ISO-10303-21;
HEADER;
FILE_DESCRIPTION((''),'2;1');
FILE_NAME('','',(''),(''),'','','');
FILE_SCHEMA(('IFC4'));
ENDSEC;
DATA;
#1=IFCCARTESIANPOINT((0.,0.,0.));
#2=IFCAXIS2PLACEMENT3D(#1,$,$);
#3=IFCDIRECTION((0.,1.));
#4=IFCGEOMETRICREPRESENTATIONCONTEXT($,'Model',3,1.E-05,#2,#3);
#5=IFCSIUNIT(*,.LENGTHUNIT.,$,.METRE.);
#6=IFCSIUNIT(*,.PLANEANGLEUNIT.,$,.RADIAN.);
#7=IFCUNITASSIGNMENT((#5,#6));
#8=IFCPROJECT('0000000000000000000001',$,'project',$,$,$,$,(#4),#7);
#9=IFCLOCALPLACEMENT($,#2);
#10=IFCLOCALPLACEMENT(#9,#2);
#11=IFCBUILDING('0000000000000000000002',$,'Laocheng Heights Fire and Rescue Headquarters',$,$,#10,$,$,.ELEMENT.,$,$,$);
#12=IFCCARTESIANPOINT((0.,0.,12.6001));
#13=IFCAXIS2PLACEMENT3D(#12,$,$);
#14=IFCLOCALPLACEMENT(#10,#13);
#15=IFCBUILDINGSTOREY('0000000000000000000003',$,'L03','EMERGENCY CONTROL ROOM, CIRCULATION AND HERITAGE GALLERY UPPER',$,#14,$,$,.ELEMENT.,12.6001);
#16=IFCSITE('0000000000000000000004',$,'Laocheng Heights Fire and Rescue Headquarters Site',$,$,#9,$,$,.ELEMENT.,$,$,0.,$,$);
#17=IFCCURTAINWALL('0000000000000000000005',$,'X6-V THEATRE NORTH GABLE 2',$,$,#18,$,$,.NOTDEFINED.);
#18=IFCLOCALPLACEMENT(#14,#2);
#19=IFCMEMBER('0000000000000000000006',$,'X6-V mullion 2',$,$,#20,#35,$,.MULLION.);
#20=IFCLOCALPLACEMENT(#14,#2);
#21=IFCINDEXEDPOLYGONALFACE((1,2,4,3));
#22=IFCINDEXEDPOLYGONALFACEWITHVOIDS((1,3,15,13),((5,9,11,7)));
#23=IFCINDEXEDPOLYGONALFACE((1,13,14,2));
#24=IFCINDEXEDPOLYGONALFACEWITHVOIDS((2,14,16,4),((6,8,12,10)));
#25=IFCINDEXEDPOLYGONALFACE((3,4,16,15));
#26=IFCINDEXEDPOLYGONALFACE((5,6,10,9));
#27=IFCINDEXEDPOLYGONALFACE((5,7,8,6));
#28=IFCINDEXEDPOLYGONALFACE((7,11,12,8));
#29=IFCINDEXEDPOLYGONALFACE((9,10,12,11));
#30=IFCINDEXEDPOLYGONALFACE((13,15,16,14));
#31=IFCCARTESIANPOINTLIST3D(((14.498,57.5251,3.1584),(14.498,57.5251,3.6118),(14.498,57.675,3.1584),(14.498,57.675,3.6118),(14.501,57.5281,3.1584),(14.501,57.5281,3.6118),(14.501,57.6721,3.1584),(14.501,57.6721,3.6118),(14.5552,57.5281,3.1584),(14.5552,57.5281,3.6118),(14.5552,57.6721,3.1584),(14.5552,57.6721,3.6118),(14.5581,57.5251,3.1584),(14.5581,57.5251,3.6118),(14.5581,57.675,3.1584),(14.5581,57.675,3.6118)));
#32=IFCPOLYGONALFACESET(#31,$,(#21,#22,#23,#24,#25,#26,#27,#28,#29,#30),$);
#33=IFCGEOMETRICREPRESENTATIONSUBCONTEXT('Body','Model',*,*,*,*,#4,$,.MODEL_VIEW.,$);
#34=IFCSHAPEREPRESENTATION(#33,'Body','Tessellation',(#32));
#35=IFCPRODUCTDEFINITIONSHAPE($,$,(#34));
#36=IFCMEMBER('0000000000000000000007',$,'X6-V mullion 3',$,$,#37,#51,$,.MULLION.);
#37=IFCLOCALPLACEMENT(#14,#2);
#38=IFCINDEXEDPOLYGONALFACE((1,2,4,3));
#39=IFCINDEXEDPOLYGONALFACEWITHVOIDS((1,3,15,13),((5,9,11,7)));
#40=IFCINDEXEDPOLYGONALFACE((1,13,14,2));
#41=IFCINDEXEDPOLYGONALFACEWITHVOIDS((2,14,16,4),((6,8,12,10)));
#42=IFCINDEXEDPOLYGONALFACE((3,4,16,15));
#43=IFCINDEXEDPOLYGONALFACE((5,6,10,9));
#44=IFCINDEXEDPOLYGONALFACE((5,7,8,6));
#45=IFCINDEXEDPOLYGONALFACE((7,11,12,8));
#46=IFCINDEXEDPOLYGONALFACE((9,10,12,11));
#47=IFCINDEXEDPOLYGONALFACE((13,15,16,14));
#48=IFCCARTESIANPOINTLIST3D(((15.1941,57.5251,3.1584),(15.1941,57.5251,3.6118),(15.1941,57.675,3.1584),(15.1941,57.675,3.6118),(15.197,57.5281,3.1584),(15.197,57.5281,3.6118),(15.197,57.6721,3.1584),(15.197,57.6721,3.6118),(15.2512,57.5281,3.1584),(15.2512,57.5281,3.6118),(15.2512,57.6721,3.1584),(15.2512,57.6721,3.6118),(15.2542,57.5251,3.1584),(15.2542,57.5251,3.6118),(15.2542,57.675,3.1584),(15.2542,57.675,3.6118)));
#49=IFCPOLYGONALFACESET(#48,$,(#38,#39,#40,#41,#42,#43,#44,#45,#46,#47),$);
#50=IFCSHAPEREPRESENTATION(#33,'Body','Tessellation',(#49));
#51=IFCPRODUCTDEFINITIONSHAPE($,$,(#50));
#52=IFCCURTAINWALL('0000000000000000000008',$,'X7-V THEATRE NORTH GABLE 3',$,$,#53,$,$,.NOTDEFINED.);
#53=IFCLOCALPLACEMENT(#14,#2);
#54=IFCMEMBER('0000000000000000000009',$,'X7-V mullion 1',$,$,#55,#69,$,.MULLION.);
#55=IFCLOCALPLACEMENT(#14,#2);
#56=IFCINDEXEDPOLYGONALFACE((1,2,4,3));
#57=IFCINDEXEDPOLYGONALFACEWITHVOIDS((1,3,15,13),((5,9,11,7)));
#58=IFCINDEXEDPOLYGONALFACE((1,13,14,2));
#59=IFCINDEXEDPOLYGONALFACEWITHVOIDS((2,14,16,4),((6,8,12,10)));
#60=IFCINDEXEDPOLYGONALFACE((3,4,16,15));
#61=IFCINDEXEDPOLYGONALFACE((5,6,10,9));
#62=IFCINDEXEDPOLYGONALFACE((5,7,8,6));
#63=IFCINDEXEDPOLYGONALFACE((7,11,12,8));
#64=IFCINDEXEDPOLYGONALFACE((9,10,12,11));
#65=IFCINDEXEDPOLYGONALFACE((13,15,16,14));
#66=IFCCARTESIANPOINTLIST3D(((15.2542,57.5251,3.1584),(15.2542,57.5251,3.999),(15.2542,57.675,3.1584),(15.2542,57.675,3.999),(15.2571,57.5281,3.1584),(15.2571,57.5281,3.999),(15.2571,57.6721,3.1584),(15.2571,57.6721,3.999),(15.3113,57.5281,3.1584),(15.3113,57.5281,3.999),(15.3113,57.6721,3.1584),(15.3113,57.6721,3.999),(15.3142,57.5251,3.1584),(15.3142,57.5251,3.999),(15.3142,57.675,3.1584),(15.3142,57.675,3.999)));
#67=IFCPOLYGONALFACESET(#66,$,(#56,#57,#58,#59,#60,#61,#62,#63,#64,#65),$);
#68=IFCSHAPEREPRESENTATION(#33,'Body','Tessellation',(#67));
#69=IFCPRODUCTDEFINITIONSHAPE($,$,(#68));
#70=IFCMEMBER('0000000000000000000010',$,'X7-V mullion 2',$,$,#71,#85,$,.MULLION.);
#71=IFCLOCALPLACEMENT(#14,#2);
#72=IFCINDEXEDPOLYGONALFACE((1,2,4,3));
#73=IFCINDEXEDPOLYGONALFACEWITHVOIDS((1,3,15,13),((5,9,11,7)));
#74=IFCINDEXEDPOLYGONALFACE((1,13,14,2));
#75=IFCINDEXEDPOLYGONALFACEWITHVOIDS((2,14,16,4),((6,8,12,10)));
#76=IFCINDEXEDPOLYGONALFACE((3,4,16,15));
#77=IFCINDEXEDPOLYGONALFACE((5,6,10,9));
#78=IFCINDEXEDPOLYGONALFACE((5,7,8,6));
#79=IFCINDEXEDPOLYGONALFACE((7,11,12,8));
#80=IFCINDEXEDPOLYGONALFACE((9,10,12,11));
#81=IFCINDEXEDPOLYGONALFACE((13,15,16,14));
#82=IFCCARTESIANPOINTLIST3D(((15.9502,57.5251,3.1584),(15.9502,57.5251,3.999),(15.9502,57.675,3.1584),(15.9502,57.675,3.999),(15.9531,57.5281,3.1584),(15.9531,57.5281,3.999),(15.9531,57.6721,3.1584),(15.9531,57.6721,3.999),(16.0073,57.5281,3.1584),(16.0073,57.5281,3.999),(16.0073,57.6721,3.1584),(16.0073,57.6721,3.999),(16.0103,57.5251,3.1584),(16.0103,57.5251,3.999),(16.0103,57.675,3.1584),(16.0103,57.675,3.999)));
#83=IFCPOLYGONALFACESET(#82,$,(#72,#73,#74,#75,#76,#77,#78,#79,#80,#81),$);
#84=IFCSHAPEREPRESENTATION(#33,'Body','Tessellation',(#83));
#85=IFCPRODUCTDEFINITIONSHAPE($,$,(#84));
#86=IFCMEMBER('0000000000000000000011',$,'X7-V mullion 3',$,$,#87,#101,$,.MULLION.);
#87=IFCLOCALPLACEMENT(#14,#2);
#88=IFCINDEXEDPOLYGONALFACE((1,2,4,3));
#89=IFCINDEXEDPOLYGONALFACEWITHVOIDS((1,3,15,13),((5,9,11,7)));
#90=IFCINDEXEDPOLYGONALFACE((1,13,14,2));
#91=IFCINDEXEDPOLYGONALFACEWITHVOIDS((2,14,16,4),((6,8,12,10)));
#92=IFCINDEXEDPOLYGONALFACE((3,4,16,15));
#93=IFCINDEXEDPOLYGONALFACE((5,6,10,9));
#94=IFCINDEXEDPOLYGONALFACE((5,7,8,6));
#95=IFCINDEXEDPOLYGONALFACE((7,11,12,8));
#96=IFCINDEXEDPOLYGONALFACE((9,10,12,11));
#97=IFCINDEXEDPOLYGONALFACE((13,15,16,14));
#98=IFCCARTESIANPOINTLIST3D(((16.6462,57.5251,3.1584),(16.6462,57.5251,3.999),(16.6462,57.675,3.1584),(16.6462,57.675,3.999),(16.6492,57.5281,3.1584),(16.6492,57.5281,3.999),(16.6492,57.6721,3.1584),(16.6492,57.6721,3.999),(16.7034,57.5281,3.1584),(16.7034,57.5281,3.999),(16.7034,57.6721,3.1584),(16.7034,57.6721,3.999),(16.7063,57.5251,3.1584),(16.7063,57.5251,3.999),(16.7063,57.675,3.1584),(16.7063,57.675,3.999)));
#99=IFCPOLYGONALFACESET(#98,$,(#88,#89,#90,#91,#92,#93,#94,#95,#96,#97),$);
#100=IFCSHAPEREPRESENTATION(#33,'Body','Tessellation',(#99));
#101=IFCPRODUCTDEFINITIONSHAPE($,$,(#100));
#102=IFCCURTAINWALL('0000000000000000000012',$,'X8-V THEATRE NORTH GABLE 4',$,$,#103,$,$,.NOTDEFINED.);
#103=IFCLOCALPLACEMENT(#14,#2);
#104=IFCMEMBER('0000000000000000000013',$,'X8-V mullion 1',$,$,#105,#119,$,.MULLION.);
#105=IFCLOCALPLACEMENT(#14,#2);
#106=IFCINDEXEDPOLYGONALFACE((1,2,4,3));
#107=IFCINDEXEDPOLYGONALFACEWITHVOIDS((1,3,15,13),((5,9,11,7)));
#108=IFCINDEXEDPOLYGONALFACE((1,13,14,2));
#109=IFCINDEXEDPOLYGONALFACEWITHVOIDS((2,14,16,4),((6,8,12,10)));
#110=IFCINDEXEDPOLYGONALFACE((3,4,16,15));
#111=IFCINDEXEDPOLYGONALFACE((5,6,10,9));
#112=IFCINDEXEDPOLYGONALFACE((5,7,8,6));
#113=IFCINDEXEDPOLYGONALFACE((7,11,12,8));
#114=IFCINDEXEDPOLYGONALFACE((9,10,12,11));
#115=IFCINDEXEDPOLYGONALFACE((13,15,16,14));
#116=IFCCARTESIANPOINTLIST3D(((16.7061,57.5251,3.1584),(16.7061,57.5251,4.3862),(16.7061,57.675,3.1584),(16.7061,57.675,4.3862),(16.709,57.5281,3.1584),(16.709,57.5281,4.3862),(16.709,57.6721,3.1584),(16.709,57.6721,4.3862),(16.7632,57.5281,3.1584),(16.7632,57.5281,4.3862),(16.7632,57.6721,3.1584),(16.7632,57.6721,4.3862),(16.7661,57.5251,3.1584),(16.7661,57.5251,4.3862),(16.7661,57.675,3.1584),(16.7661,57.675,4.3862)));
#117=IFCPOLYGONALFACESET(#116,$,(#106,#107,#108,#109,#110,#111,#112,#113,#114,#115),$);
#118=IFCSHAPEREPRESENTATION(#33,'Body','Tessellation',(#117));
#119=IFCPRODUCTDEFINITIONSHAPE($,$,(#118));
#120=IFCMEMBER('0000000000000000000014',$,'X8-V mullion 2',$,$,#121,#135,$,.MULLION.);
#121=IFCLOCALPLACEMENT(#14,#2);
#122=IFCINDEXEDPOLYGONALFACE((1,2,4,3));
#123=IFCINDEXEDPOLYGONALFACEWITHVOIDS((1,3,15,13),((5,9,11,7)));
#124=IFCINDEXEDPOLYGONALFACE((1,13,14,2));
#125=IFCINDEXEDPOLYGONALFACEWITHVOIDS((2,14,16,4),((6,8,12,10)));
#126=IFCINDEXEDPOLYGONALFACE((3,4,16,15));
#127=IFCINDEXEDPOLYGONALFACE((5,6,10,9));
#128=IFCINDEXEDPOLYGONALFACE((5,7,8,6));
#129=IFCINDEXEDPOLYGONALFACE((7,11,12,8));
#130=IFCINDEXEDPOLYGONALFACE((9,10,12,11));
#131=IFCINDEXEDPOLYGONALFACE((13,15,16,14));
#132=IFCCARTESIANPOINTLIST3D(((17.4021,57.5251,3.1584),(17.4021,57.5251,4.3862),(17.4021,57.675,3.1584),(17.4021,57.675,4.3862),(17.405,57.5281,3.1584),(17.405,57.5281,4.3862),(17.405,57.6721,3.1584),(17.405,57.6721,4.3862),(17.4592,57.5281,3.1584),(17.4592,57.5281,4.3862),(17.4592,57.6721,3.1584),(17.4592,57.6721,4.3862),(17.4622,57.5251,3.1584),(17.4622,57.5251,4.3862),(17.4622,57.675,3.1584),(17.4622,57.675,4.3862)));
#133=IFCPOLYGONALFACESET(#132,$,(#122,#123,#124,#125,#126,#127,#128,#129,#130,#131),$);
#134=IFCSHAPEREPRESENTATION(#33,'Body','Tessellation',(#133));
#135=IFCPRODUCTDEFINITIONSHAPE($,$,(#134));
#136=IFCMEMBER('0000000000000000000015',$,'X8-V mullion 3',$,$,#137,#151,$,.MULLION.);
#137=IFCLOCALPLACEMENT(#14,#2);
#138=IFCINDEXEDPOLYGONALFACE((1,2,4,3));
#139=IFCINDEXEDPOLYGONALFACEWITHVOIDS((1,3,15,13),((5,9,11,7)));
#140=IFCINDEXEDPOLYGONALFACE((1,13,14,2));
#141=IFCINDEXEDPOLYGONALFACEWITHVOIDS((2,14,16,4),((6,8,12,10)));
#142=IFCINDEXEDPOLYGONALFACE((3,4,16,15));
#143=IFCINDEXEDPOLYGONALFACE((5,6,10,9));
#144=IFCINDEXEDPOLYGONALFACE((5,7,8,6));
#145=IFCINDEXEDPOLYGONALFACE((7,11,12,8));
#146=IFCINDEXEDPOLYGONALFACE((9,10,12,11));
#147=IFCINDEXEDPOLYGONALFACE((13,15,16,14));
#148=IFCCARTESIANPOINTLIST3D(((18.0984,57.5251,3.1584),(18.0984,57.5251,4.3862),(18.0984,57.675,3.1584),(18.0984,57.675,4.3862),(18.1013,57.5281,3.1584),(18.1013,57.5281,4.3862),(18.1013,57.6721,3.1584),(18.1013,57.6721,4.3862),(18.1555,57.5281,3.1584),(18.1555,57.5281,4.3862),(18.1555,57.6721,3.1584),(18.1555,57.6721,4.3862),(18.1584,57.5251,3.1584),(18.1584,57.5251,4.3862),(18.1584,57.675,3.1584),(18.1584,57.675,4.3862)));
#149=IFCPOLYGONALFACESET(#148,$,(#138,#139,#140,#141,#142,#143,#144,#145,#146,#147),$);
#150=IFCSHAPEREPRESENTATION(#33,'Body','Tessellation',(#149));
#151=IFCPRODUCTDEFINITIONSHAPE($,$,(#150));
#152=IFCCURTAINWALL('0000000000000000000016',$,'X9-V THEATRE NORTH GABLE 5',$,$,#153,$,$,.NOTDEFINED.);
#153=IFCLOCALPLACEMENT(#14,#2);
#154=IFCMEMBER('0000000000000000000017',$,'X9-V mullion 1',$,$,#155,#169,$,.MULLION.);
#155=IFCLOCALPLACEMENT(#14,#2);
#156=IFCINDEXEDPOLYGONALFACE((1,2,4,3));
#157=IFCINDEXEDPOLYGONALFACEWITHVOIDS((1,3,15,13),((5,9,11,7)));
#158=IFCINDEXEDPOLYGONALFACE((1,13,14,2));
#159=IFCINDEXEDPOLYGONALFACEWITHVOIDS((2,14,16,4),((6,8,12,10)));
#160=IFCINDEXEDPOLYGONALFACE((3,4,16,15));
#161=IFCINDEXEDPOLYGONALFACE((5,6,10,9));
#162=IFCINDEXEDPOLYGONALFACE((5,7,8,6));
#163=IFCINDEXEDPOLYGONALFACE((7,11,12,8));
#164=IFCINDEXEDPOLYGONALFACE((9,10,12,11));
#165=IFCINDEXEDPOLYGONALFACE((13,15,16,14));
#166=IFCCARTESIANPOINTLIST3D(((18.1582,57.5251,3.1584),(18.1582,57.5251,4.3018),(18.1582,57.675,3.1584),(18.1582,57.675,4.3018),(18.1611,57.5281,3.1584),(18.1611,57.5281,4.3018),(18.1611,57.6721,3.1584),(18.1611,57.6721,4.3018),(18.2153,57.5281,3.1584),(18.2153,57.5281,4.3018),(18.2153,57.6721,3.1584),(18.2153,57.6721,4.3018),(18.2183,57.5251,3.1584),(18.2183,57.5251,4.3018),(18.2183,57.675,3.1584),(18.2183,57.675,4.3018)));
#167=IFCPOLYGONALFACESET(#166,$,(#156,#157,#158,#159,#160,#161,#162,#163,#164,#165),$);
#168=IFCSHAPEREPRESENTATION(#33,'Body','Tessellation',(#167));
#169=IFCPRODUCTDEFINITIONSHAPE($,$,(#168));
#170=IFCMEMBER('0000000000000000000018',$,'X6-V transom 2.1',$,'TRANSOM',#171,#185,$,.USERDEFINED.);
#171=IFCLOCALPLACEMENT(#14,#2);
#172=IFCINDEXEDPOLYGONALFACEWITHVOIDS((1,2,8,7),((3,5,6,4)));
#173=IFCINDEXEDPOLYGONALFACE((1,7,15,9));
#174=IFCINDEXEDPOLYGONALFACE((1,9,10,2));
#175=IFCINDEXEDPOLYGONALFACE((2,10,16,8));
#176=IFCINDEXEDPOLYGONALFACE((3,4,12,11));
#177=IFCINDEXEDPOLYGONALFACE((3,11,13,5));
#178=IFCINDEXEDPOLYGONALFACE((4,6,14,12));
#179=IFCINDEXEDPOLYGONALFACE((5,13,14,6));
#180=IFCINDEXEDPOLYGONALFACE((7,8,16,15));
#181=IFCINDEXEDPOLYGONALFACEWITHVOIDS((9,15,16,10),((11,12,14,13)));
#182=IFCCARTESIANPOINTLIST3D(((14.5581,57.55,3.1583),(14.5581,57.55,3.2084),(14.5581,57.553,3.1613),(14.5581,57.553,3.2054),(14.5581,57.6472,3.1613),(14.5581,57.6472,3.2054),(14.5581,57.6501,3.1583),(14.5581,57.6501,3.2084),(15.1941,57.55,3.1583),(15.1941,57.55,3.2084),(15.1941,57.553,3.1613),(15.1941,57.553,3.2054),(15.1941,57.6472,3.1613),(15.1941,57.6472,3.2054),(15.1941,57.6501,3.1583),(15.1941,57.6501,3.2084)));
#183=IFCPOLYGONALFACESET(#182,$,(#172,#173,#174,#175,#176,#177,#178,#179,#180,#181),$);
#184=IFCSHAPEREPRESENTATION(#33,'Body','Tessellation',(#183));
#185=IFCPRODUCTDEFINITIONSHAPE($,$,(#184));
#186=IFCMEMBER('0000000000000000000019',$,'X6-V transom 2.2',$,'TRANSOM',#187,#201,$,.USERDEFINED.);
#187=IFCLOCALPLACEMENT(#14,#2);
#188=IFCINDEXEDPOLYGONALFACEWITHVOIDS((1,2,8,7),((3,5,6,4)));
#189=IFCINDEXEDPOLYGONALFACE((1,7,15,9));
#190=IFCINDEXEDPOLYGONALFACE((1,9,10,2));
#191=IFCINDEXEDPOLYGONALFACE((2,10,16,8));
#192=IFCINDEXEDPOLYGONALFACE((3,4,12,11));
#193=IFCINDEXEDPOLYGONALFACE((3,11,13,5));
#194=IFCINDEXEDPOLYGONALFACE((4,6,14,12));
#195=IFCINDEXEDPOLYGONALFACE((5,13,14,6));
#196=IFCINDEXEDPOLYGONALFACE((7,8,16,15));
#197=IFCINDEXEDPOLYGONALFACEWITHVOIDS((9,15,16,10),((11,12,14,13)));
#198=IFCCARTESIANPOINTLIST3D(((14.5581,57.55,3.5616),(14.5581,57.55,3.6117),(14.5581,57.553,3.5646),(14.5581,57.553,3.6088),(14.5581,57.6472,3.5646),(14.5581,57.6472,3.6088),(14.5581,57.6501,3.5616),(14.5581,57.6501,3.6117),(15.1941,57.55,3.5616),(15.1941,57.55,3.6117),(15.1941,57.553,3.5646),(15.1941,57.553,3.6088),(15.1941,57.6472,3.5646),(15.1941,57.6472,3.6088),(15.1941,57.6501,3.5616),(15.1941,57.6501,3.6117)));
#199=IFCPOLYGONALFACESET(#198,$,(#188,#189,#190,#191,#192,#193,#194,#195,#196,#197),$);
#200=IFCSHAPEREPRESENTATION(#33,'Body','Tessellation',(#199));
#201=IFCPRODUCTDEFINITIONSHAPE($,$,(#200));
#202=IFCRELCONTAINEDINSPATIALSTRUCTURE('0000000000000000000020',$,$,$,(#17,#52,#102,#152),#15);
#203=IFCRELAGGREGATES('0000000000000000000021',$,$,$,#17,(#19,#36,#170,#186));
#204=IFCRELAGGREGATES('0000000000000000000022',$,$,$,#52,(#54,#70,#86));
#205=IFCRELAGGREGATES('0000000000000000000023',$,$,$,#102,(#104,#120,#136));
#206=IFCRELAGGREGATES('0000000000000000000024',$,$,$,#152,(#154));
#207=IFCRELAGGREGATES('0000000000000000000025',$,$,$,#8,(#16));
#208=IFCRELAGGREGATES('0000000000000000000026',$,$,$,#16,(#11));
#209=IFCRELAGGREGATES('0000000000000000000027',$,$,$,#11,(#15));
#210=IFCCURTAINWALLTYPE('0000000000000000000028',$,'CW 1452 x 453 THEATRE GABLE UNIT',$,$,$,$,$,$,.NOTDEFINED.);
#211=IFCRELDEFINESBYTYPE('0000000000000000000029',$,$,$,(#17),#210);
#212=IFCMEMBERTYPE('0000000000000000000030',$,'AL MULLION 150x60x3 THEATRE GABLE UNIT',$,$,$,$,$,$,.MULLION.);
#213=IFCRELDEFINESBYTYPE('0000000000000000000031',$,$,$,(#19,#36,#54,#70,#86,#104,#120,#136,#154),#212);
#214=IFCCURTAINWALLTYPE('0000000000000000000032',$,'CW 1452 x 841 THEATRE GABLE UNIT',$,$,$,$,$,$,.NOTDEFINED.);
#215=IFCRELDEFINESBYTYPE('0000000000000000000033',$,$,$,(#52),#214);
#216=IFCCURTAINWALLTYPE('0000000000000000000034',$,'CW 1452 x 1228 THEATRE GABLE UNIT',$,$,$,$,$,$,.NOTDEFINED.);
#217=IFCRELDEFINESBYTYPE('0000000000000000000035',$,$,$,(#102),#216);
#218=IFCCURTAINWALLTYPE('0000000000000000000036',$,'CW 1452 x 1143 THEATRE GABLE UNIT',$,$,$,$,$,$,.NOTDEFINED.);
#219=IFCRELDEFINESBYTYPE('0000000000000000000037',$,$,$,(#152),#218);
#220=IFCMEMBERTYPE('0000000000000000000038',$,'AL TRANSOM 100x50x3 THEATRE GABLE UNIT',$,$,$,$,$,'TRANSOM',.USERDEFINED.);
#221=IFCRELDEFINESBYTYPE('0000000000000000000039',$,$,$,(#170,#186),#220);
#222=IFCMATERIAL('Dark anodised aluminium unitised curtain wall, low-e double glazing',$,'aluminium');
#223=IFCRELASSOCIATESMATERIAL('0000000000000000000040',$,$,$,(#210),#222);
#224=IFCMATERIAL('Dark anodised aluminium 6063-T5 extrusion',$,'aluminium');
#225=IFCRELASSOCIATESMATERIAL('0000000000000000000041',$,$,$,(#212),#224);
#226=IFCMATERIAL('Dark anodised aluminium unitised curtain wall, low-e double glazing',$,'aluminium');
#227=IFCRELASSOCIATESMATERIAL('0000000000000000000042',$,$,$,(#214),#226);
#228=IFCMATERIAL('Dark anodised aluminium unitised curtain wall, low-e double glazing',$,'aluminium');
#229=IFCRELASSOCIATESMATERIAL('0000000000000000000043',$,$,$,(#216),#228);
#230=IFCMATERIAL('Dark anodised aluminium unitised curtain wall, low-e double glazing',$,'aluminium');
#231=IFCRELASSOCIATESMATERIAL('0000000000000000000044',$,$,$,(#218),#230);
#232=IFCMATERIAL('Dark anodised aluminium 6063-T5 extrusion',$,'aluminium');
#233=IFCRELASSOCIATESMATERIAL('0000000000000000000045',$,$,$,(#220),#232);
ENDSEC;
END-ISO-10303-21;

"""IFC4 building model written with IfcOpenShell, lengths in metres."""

from ifc_helpers import new_model, si_unit, direction, frame, origin, origin_2d, place, context, subcontext, project, spatial, hollow_rectangle, extrude, material, material_profile, profile_set, type_object, element, aggregate, save


model = new_model("IFC4")

# Units and contexts
model_context = context("Model", 3, precision=1e-05, world=origin(), true_north=direction((0.0, 1.0)))
body_context = subcontext(model_context, "Body", "Model", "MODEL_VIEW")
ifc_project = project(units=[si_unit("LENGTHUNIT", "METRE"), si_unit("PLANEANGLEUNIT", "RADIAN")], contexts=[model_context])

# Site, building, storey
site_placement = place(None, origin())
site = spatial("IfcSite", under=ifc_project, at=site_placement, Name="Laocheng Heights Fire and Rescue Headquarters Site", CompositionType="ELEMENT", RefElevation=0.0)
building_placement = place(site_placement, origin())
building = spatial("IfcBuilding", under=site, at=building_placement, Name="Laocheng Heights Fire and Rescue Headquarters", CompositionType="ELEMENT")
storey_placement = place(building_placement, frame((0.0, 0.0, 12.6001)))
storey = spatial("IfcBuildingStorey", under=building, at=storey_placement, Name="L03", Description="EMERGENCY CONTROL ROOM, CIRCULATION AND HERITAGE GALLERY UPPER", CompositionType="ELEMENT", Elevation=12.6001)

# Curtain walls, members
ifc_material_1 = material(Name="Dark anodised aluminium unitised curtain wall, low-e double glazing", Category="aluminium")
curtain_wall_type_1 = type_object("IfcCurtainWallType", Name="CW 1452 x 453 THEATRE GABLE UNIT", PredefinedType="NOTDEFINED", material=ifc_material_1)
curtain_wall_1_placement = place(storey_placement, origin())
curtain_wall_1 = element("IfcCurtainWall", 1, at=curtain_wall_1_placement, inside=storey, type_object=curtain_wall_type_1, Name="X6-V THEATRE NORTH GABLE 2", PredefinedType="NOTDEFINED")
ifc_material_2 = material(Name="Dark anodised aluminium 6063-T5 extrusion", Category="aluminium")
ifc_material_profile_1 = material_profile(ifc_material_2, hollow_rectangle(XDim=0.1499, YDim=0.0601, WallThickness=0.0029, at=origin_2d()), Name="AL MULLION 150x60x3 THEATRE GABLE UNIT")
ifc_profile_set_1 = profile_set([ifc_material_profile_1], Name="Dark anodised aluminium 6063-T5 extrusion")
member_type_1 = type_object("IfcMemberType", Name="AL MULLION 150x60x3 THEATRE GABLE UNIT", PredefinedType="MULLION", material=ifc_profile_set_1)
member_1_placement = place(storey_placement, frame((14.5281, 57.6001, 3.1584), z_axis=(0.0, 0.0, 1.0), x_axis=(0.0, 1.0, 0.0)))
member_1 = element("IfcMember", 2, at=member_1_placement, type_object=member_type_1, Name="X6-V mullion 2", PredefinedType="MULLION", context=body_context, shape_type="SweptSolid", body=[
    extrude(hollow_rectangle(XDim=0.1499, YDim=0.0601, WallThickness=0.0029, at=origin_2d()), origin(), (0.0, 0.0, 1.0), 0.4534),
])
member_2_placement = place(storey_placement, frame((15.2241, 57.6001, 3.1584), z_axis=(0.0, 0.0, 1.0), x_axis=(0.0, 1.0, 0.0)))
member_2 = element("IfcMember", 3, at=member_2_placement, type_object=member_type_1, Name="X6-V mullion 3", PredefinedType="MULLION", context=body_context, shape_type="SweptSolid", body=[
    extrude(hollow_rectangle(XDim=0.1499, YDim=0.0601, WallThickness=0.0029, at=origin_2d()), origin(), (0.0, 0.0, 1.0), 0.4534),
])
ifc_material_3 = material(Name="Dark anodised aluminium unitised curtain wall, low-e double glazing", Category="aluminium")
curtain_wall_type_2 = type_object("IfcCurtainWallType", Name="CW 1452 x 841 THEATRE GABLE UNIT", PredefinedType="NOTDEFINED", material=ifc_material_3)
curtain_wall_2_placement = place(storey_placement, origin())
curtain_wall_2 = element("IfcCurtainWall", 4, at=curtain_wall_2_placement, inside=storey, type_object=curtain_wall_type_2, Name="X7-V THEATRE NORTH GABLE 3", PredefinedType="NOTDEFINED")
member_3_placement = place(storey_placement, frame((15.2842, 57.6001, 3.1584), z_axis=(0.0, 0.0, 1.0), x_axis=(0.0, 1.0, 0.0)))
member_3 = element("IfcMember", 5, at=member_3_placement, type_object=member_type_1, Name="X7-V mullion 1", PredefinedType="MULLION", context=body_context, shape_type="SweptSolid", body=[
    extrude(hollow_rectangle(XDim=0.1499, YDim=0.0601, WallThickness=0.0029, at=origin_2d()), origin(), (0.0, 0.0, 1.0), 0.8406),
])
member_4_placement = place(storey_placement, frame((15.9802, 57.6001, 3.1584), z_axis=(0.0, 0.0, 1.0), x_axis=(0.0, 1.0, 0.0)))
member_4 = element("IfcMember", 6, at=member_4_placement, type_object=member_type_1, Name="X7-V mullion 2", PredefinedType="MULLION", context=body_context, shape_type="SweptSolid", body=[
    extrude(hollow_rectangle(XDim=0.1499, YDim=0.0601, WallThickness=0.0029, at=origin_2d()), origin(), (0.0, 0.0, 1.0), 0.8406),
])
member_5_placement = place(storey_placement, frame((16.6763, 57.6001, 3.1584), z_axis=(0.0, 0.0, 1.0), x_axis=(0.0, 1.0, 0.0)))
member_5 = element("IfcMember", 7, at=member_5_placement, type_object=member_type_1, Name="X7-V mullion 3", PredefinedType="MULLION", context=body_context, shape_type="SweptSolid", body=[
    extrude(hollow_rectangle(XDim=0.1499, YDim=0.0601, WallThickness=0.0029, at=origin_2d()), origin(), (0.0, 0.0, 1.0), 0.8406),
])
ifc_material_4 = material(Name="Dark anodised aluminium unitised curtain wall, low-e double glazing", Category="aluminium")
curtain_wall_type_3 = type_object("IfcCurtainWallType", Name="CW 1452 x 1228 THEATRE GABLE UNIT", PredefinedType="NOTDEFINED", material=ifc_material_4)
curtain_wall_3_placement = place(storey_placement, origin())
curtain_wall_3 = element("IfcCurtainWall", 8, at=curtain_wall_3_placement, inside=storey, type_object=curtain_wall_type_3, Name="X8-V THEATRE NORTH GABLE 4", PredefinedType="NOTDEFINED")
member_6_placement = place(storey_placement, frame((16.7361, 57.6001, 3.1584), z_axis=(0.0, 0.0, 1.0), x_axis=(0.0, 1.0, 0.0)))
member_6 = element("IfcMember", 9, at=member_6_placement, type_object=member_type_1, Name="X8-V mullion 1", PredefinedType="MULLION", context=body_context, shape_type="SweptSolid", body=[
    extrude(hollow_rectangle(XDim=0.1499, YDim=0.0601, WallThickness=0.0029, at=origin_2d()), origin(), (0.0, 0.0, 1.0), 1.2278),
])
member_7_placement = place(storey_placement, frame((17.4321, 57.6001, 3.1584), z_axis=(0.0, 0.0, 1.0), x_axis=(0.0, 1.0, 0.0)))
member_7 = element("IfcMember", 10, at=member_7_placement, type_object=member_type_1, Name="X8-V mullion 2", PredefinedType="MULLION", context=body_context, shape_type="SweptSolid", body=[
    extrude(hollow_rectangle(XDim=0.1499, YDim=0.0601, WallThickness=0.0029, at=origin_2d()), origin(), (0.0, 0.0, 1.0), 1.2278),
])
member_8_placement = place(storey_placement, frame((18.1284, 57.6001, 3.1584), z_axis=(0.0, 0.0, 1.0), x_axis=(0.0, 1.0, 0.0)))
member_8 = element("IfcMember", 11, at=member_8_placement, type_object=member_type_1, Name="X8-V mullion 3", PredefinedType="MULLION", context=body_context, shape_type="SweptSolid", body=[
    extrude(hollow_rectangle(XDim=0.1499, YDim=0.0601, WallThickness=0.0029, at=origin_2d()), origin(), (0.0, 0.0, 1.0), 1.2278),
])

# Curtain wall, member
ifc_material_5 = material(Name="Dark anodised aluminium unitised curtain wall, low-e double glazing", Category="aluminium")
curtain_wall_type_4 = type_object("IfcCurtainWallType", Name="CW 1452 x 1143 THEATRE GABLE UNIT", PredefinedType="NOTDEFINED", material=ifc_material_5)
curtain_wall_4_placement = place(storey_placement, origin())
curtain_wall_4 = element("IfcCurtainWall", 12, at=curtain_wall_4_placement, inside=storey, type_object=curtain_wall_type_4, Name="X9-V THEATRE NORTH GABLE 5", PredefinedType="NOTDEFINED")
member_9_placement = place(storey_placement, frame((18.1882, 57.6001, 3.1584), z_axis=(0.0, 0.0, 1.0), x_axis=(0.0, 1.0, 0.0)))
member_9 = element("IfcMember", 13, at=member_9_placement, type_object=member_type_1, Name="X9-V mullion 1", PredefinedType="MULLION", context=body_context, shape_type="SweptSolid", body=[
    extrude(hollow_rectangle(XDim=0.1499, YDim=0.0601, WallThickness=0.0029, at=origin_2d()), origin(), (0.0, 0.0, 1.0), 1.1433),
])

# Members
ifc_material_6 = material(Name="Dark anodised aluminium 6063-T5 extrusion", Category="aluminium")
ifc_material_profile_2 = material_profile(ifc_material_6, hollow_rectangle(XDim=0.1001, YDim=0.05, WallThickness=0.0029, at=origin_2d()), Name="AL TRANSOM 100x50x3 THEATRE GABLE UNIT")
ifc_profile_set_2 = profile_set([ifc_material_profile_2], Name="Dark anodised aluminium 6063-T5 extrusion")
member_type_2 = type_object("IfcMemberType", Name="AL TRANSOM 100x50x3 THEATRE GABLE UNIT", ElementType="TRANSOM", PredefinedType="USERDEFINED", material=ifc_profile_set_2)
member_10_placement = place(storey_placement, frame((14.5581, 57.6001, 3.1833), z_axis=(1.0, 0.0, 0.0), x_axis=(0.0, 1.0, 0.0)))
member_10 = element("IfcMember", 14, at=member_10_placement, type_object=member_type_2, Name="X6-V transom 2.1", ObjectType="TRANSOM", PredefinedType="USERDEFINED", context=body_context, shape_type="SweptSolid", body=[
    extrude(hollow_rectangle(XDim=0.1001, YDim=0.05, WallThickness=0.0029, at=origin_2d()), origin(), (0.0, 0.0, 1.0), 0.636),
])
member_11_placement = place(storey_placement, frame((14.5581, 57.6001, 3.5867), z_axis=(1.0, 0.0, 0.0), x_axis=(0.0, 1.0, 0.0)))
member_11 = element("IfcMember", 15, at=member_11_placement, type_object=member_type_2, Name="X6-V transom 2.2", ObjectType="TRANSOM", PredefinedType="USERDEFINED", context=body_context, shape_type="SweptSolid", body=[
    extrude(hollow_rectangle(XDim=0.1001, YDim=0.05, WallThickness=0.0029, at=origin_2d()), origin(), (0.0, 0.0, 1.0), 0.636),
])

aggregate(curtain_wall_1, [member_1, member_2, member_10, member_11])
aggregate(curtain_wall_2, [member_3, member_4, member_5])
aggregate(curtain_wall_3, [member_6, member_7, member_8])
aggregate(curtain_wall_4, [member_9])

save(model, "model.ifc")
